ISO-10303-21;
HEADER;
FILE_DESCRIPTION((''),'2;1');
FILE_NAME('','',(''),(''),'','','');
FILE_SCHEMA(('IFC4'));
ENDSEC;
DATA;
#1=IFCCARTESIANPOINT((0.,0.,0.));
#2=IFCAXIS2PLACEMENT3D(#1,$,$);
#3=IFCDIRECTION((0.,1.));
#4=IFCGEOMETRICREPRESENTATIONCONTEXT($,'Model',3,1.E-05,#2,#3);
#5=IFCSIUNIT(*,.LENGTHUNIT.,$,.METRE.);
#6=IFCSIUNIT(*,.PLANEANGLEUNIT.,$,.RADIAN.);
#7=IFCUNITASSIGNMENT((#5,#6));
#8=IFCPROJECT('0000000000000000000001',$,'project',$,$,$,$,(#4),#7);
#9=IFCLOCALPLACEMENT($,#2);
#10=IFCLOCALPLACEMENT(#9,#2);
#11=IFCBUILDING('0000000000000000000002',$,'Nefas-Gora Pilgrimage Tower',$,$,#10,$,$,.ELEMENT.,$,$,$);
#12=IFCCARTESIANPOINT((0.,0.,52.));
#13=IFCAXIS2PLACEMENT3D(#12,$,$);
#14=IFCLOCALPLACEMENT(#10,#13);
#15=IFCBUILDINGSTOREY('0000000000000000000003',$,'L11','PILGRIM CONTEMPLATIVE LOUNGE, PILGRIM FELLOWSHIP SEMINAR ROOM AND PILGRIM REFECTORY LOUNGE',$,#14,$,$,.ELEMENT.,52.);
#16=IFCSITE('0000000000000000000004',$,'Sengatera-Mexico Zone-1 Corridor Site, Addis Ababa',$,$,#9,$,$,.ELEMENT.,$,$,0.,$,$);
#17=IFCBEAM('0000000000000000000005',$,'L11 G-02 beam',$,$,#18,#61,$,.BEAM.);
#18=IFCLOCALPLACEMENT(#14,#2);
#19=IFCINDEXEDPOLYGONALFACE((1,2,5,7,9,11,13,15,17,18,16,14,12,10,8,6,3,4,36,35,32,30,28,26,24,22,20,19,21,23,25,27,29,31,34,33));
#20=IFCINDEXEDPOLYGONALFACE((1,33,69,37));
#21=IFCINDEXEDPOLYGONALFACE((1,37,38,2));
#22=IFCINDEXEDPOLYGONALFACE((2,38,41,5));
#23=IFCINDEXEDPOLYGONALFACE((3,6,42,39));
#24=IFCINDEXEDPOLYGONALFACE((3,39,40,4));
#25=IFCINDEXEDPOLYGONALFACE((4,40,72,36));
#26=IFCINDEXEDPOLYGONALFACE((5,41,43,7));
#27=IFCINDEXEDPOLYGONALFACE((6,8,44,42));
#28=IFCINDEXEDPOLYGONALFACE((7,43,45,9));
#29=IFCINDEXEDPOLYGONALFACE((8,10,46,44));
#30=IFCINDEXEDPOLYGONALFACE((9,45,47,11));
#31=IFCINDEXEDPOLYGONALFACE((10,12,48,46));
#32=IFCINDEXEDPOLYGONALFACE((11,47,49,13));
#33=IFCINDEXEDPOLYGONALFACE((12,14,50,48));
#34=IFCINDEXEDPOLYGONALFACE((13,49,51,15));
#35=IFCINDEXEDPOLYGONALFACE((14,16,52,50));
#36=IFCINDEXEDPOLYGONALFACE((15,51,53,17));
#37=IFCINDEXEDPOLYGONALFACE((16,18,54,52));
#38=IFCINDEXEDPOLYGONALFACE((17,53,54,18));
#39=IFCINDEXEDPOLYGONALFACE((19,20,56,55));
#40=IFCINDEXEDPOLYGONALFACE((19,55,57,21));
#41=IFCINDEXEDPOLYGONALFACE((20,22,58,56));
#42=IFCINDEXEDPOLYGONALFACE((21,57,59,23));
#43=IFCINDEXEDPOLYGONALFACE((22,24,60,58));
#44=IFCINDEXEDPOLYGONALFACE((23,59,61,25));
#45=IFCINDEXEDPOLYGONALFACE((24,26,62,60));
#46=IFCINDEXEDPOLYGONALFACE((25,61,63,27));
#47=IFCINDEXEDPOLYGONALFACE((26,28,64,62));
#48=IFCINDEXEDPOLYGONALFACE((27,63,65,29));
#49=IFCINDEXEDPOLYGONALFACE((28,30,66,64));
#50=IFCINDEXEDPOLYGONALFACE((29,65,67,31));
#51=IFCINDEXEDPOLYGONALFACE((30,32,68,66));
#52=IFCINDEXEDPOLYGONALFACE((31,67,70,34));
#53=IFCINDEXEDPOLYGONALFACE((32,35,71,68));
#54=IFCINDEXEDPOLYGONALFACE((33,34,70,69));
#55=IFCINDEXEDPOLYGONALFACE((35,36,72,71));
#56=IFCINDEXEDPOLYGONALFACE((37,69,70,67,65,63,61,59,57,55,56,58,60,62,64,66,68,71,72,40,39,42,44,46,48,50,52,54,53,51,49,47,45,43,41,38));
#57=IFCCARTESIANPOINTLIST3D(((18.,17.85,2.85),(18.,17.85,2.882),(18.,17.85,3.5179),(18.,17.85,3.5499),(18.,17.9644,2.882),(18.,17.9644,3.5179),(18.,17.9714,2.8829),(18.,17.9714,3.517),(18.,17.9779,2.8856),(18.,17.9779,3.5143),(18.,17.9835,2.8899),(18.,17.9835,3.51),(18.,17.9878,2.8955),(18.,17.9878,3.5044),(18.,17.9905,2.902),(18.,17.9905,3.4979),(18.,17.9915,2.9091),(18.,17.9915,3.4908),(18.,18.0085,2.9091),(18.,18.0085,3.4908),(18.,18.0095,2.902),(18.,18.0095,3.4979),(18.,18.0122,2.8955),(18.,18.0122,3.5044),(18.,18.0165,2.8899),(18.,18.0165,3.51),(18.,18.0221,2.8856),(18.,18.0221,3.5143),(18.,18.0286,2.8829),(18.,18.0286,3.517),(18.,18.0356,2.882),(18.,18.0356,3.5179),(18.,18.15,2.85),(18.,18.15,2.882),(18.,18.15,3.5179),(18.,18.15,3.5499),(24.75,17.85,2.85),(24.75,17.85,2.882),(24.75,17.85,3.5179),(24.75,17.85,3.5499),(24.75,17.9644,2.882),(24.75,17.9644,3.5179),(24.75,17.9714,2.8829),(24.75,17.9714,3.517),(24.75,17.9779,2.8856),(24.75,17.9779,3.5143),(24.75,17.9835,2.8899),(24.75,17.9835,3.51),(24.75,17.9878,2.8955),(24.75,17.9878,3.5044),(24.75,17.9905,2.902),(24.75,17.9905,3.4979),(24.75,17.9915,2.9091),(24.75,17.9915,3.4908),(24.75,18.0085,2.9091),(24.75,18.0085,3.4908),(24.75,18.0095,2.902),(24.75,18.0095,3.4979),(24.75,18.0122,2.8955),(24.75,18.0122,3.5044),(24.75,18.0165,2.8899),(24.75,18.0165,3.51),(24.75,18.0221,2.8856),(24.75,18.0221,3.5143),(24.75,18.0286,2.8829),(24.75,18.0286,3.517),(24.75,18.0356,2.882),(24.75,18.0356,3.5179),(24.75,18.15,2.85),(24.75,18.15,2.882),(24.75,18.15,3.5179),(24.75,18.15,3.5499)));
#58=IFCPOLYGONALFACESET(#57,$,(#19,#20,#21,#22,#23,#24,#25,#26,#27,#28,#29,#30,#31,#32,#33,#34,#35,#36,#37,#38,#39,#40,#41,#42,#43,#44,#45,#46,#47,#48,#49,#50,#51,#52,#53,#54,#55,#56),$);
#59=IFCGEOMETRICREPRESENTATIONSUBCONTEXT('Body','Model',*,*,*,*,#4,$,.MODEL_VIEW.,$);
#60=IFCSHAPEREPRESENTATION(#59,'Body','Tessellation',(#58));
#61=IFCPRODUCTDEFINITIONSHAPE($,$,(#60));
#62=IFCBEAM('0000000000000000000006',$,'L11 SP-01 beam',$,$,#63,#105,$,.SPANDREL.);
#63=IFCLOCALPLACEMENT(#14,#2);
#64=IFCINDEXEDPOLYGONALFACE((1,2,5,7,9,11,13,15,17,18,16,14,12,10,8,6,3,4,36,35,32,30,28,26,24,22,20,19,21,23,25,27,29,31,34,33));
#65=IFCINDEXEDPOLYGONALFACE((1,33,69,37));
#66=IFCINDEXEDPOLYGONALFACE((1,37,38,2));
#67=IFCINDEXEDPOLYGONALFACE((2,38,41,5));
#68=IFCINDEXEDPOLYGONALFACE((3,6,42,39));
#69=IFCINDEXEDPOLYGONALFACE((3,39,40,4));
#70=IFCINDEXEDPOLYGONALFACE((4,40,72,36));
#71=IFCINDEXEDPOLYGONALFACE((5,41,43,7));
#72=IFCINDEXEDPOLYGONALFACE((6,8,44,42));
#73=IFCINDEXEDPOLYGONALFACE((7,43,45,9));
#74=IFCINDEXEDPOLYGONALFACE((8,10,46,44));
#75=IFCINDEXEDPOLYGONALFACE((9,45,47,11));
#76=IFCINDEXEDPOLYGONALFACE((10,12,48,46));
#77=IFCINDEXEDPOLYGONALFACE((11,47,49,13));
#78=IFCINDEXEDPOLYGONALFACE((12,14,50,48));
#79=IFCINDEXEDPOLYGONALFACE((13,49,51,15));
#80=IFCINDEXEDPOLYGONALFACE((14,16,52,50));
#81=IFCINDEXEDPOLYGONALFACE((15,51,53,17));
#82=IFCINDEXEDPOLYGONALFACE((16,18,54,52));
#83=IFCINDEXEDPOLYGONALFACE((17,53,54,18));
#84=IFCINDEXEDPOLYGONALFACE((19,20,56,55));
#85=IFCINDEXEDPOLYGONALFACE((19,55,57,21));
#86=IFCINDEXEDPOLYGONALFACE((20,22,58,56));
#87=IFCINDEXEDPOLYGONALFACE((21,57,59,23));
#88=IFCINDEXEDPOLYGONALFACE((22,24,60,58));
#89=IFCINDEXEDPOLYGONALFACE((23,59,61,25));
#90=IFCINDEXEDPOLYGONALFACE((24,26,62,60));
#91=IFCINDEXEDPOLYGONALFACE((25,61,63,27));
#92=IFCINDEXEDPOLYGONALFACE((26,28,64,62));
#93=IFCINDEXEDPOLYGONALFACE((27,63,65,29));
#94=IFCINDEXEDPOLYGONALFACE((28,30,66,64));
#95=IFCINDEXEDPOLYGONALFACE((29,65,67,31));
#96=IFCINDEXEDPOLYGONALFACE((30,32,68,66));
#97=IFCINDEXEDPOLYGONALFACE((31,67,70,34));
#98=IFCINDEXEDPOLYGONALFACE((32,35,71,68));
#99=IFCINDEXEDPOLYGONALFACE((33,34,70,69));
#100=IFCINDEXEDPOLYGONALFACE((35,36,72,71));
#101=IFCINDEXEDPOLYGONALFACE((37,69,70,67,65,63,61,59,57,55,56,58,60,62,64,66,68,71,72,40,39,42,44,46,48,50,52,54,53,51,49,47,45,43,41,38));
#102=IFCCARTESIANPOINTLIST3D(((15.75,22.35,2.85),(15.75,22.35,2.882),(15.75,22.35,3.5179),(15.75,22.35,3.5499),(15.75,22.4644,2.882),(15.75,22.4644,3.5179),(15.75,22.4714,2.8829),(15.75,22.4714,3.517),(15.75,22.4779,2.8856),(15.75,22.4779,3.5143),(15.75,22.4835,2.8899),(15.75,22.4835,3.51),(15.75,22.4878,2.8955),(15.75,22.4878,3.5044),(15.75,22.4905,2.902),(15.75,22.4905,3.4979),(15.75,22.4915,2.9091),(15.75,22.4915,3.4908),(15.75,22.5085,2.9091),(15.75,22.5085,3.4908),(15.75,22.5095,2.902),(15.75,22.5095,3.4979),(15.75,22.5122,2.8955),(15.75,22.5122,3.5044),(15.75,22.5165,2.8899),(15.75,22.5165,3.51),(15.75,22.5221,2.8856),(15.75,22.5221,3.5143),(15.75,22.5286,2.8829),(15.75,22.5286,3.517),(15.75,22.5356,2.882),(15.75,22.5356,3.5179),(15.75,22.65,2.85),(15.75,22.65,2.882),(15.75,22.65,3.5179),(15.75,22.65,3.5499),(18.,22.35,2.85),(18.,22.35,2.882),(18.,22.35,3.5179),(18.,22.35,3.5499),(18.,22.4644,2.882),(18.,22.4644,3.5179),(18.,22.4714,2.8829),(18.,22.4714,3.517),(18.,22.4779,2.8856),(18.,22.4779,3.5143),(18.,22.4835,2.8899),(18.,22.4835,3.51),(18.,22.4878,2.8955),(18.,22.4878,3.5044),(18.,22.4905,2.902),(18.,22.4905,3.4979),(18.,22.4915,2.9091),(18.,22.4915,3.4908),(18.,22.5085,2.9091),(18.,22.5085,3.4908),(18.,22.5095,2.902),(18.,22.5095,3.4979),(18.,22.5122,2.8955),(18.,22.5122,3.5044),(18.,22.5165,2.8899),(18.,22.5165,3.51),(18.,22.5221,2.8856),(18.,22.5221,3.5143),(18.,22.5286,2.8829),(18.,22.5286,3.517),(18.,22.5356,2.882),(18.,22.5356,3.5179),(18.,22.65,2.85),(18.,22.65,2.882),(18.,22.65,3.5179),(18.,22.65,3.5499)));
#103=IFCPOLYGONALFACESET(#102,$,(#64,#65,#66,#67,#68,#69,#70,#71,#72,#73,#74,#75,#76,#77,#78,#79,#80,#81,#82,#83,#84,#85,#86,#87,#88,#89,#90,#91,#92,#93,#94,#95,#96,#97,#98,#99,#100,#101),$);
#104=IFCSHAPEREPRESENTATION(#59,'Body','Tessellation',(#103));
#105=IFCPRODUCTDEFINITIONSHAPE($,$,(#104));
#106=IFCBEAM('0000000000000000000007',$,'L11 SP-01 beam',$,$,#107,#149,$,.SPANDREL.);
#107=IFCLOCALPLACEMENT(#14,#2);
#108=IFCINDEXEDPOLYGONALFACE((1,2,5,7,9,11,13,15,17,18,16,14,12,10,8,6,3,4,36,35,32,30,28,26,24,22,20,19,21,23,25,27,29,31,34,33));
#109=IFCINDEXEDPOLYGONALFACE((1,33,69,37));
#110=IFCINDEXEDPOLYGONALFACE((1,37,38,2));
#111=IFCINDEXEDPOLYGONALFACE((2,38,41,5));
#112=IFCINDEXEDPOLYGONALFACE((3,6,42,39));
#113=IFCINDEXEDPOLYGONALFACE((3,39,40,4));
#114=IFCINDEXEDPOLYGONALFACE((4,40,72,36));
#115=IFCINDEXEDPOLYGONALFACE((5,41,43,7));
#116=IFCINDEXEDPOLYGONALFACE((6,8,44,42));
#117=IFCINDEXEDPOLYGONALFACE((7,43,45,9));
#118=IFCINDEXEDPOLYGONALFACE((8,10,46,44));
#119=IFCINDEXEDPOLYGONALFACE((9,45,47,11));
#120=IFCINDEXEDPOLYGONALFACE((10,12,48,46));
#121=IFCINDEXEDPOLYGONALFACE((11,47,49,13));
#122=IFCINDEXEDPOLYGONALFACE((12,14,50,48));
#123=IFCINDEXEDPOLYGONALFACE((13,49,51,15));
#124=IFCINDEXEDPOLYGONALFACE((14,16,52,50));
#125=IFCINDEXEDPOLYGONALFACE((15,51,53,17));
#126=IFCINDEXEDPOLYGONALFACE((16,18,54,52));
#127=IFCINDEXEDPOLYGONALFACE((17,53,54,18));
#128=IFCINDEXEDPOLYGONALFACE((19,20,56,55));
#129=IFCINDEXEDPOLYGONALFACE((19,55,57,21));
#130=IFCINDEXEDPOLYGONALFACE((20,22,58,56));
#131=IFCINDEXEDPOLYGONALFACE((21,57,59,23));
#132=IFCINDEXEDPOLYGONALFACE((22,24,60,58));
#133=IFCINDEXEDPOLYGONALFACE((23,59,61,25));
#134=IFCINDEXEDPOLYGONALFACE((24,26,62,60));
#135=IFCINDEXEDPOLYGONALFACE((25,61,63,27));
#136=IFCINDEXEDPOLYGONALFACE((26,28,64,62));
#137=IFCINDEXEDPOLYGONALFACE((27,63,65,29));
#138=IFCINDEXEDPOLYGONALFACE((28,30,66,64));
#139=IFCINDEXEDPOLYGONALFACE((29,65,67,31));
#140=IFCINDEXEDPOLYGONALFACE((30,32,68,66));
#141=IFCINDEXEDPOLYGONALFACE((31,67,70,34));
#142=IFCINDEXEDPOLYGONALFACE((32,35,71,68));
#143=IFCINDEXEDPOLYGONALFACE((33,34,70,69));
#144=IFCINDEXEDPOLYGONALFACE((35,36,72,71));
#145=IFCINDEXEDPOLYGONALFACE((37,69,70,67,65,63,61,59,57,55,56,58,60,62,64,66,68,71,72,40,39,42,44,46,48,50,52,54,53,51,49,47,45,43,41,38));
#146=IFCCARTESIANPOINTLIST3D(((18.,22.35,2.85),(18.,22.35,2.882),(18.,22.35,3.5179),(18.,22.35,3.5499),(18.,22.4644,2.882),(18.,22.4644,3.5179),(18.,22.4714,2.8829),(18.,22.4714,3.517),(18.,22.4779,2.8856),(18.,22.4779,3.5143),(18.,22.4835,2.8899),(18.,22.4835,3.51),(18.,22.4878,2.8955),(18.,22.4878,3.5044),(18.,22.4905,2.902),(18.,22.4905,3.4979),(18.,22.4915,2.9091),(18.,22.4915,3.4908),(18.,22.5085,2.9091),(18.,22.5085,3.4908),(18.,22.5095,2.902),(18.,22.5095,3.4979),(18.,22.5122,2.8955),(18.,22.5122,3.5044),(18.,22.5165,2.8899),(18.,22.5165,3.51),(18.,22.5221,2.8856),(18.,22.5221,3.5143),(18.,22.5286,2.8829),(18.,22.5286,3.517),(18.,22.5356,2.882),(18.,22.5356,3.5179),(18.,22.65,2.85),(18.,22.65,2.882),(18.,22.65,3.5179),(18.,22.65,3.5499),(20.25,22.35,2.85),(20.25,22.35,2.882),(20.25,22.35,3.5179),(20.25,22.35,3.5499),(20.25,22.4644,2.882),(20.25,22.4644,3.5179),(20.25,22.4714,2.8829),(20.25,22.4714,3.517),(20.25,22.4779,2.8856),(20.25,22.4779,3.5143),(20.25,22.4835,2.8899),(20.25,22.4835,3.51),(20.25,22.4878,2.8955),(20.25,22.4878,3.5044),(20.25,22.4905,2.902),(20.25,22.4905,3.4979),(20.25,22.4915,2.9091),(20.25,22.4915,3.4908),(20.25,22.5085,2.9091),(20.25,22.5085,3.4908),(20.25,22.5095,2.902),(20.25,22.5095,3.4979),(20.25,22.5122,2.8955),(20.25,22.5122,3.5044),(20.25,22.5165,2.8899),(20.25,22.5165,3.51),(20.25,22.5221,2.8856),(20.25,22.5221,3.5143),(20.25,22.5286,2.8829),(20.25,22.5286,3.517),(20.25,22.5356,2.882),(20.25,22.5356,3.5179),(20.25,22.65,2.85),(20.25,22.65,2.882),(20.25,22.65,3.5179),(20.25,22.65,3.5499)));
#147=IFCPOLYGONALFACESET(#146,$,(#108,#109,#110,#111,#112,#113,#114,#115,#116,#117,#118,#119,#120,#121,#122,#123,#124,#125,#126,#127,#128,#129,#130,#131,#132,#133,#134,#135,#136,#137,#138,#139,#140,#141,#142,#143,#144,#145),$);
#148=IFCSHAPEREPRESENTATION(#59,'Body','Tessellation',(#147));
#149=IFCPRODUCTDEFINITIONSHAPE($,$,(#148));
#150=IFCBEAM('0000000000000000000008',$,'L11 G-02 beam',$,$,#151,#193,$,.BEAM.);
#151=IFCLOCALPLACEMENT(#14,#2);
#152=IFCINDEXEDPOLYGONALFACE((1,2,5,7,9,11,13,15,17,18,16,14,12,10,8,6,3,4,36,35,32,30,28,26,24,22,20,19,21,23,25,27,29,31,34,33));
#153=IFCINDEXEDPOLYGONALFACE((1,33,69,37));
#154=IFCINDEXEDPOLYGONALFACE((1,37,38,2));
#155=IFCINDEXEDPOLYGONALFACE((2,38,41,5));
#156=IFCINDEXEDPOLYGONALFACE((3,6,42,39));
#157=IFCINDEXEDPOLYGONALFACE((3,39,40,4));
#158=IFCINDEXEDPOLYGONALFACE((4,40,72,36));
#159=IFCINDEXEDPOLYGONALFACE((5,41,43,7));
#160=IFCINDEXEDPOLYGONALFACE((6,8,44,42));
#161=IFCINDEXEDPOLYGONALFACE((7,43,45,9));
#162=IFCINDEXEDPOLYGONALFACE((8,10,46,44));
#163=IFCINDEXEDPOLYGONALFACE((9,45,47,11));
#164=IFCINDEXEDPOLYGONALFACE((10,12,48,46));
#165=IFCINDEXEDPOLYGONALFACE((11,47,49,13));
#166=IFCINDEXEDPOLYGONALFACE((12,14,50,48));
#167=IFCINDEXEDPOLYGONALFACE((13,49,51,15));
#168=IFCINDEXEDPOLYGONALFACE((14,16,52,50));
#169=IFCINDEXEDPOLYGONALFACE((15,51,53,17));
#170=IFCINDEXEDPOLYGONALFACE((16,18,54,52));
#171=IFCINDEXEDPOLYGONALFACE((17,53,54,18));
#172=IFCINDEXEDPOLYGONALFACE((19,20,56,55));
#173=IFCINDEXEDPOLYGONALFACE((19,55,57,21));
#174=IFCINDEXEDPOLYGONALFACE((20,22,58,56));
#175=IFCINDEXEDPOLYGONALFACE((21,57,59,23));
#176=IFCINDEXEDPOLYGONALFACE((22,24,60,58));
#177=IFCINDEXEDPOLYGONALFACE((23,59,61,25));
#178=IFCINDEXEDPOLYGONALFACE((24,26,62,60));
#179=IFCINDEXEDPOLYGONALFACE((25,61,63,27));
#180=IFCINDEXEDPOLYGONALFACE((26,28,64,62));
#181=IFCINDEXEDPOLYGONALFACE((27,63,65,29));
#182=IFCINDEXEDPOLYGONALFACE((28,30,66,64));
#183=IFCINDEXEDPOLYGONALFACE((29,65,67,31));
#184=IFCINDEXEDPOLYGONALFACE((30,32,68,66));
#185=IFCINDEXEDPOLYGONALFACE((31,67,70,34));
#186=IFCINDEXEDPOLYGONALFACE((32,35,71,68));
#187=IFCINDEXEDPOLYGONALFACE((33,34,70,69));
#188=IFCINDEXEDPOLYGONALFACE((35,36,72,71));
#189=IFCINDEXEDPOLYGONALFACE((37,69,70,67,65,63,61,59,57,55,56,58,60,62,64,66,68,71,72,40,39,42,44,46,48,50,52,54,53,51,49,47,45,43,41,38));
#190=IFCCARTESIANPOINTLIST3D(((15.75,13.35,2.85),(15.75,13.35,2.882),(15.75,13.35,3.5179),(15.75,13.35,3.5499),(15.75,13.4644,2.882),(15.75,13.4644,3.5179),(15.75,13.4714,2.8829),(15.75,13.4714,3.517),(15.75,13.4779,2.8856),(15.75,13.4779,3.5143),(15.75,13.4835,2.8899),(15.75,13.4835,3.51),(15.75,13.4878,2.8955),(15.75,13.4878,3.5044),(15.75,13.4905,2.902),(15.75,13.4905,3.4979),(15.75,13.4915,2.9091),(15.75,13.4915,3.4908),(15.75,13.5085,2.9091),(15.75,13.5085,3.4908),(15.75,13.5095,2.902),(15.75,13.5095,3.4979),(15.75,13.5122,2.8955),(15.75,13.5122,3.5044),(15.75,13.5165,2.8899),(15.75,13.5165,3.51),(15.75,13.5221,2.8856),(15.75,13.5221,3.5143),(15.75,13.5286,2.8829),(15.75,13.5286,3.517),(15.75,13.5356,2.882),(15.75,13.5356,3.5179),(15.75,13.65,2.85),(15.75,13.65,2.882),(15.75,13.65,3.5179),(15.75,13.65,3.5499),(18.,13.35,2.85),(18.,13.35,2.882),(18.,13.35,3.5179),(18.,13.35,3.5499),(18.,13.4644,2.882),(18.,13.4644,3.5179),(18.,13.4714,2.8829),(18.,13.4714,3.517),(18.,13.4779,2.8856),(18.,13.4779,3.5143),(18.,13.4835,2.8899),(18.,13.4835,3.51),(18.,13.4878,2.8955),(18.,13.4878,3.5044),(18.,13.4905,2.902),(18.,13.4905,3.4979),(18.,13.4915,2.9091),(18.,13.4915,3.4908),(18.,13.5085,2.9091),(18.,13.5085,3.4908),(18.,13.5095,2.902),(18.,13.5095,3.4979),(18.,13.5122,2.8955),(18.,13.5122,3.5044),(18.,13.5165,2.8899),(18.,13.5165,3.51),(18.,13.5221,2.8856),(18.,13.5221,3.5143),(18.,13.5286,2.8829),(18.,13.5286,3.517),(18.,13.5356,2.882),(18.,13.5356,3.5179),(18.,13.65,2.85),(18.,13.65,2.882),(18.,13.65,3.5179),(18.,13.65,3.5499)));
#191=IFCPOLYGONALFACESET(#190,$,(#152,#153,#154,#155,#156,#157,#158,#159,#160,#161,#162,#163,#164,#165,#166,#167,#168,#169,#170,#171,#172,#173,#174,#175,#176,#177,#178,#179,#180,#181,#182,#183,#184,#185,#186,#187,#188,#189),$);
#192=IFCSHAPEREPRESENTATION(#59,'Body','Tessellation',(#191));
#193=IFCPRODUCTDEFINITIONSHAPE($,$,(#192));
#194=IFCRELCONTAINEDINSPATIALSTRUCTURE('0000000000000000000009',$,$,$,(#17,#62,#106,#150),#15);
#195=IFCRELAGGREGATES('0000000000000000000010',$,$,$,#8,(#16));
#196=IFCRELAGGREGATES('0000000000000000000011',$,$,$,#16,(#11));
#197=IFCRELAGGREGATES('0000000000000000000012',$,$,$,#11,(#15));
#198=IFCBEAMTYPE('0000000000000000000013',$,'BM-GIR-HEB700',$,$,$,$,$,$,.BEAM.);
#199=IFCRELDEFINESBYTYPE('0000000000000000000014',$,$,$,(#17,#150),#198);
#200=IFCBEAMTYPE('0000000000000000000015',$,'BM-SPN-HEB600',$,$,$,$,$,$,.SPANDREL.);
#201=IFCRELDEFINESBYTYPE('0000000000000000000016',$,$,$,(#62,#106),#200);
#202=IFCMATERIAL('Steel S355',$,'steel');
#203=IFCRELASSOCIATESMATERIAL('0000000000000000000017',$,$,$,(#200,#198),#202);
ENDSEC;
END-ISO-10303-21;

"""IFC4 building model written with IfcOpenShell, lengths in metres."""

from ifc_helpers import new_model, si_unit, direction, frame, origin, origin_2d, place, context, subcontext, project, spatial, i_section, extrude, source, transform, mapped, material, material_profile, profile_set, type_object, element, save


model = new_model("IFC4")

# Units and contexts
model_context = context("Model", 3, precision=1e-05, world=origin(), true_north=direction((0.0, 1.0)))
body_context = subcontext(model_context, "Body", "Model", "MODEL_VIEW")
ifc_project = project(units=[si_unit("LENGTHUNIT", "METRE"), si_unit("PLANEANGLEUNIT", "RADIAN")], contexts=[model_context])

# Site, building, storey
site_placement = place(None, origin())
site = spatial("IfcSite", under=ifc_project, at=site_placement, Name="Sengatera-Mexico Zone-1 Corridor Site, Addis Ababa", CompositionType="ELEMENT", RefElevation=0.0)
building_placement = place(site_placement, origin())
building = spatial("IfcBuilding", under=site, at=building_placement, Name="Nefas-Gora Pilgrimage Tower", CompositionType="ELEMENT")
storey_placement = place(building_placement, frame((0.0, 0.0, 52.0)))
storey = spatial("IfcBuildingStorey", under=building, at=storey_placement, Name="L11", Description="PILGRIM CONTEMPLATIVE LOUNGE, PILGRIM FELLOWSHIP SEMINAR ROOM AND PILGRIM REFECTORY LOUNGE", CompositionType="ELEMENT", Elevation=52.0)

# Beams
ifc_material_1 = material(Name="Steel S355", Category="steel")
ifc_material_profile_1 = material_profile(ifc_material_1, i_section(OverallWidth=0.3, OverallDepth=0.7, WebThickness=0.0171, FlangeThickness=0.032, FilletRadius=0.0271, at=origin_2d()), Name="HEB 700")
ifc_profile_set_1 = profile_set([ifc_material_profile_1], Name="Steel S355")
beam_type_1 = type_object("IfcBeamType", Name="BM-SPN-HEB600", PredefinedType="SPANDREL", material=ifc_profile_set_1)
ifc_material_profile_2 = material_profile(ifc_material_1, i_section(OverallWidth=0.3, OverallDepth=0.7, WebThickness=0.0171, FlangeThickness=0.032, FilletRadius=0.0271, at=origin_2d()), Name="HEB 700")
ifc_profile_set_2 = profile_set([ifc_material_profile_2], Name="Steel S355")
beam_type_2 = type_object("IfcBeamType", Name="BM-GIR-HEB700", PredefinedType="BEAM", material=ifc_profile_set_2)
shared_shape_1 = source(origin(), body_context, "Body", "SweptSolid", [
    extrude(i_section(OverallWidth=0.3, OverallDepth=0.7, WebThickness=0.0171, FlangeThickness=0.032, FilletRadius=0.0271, at=origin_2d()), origin(), (0.0, 0.0, 1.0), 6.75),
])
for number, where, z_axis, x_axis, name in (
    (1, (18.0, 18.0, 3.2), (1.0, 0.0, 0.0), (0.0, 1.0, 0.0), "L11 G-02 beam"),
):
    element("IfcBeam", number, at=place(storey_placement, frame(where, z_axis=z_axis, x_axis=x_axis)), inside=storey, type_object=beam_type_2, Name=name, PredefinedType="BEAM", context=body_context, shape_type="MappedRepresentation", body=[
        mapped(shared_shape_1, transform((0.0, 0.0, 0.0), x_axis=(1.0, 0.0, 0.0), y_axis=(0.0, 1.0, 0.0), z_axis=(0.0, 0.0, 1.0), scale=1.0)),
    ])
shared_shape_2 = source(origin(), body_context, "Body", "SweptSolid", [
    extrude(i_section(OverallWidth=0.3, OverallDepth=0.7, WebThickness=0.0171, FlangeThickness=0.032, FilletRadius=0.0271, at=origin_2d()), origin(), (0.0, 0.0, 1.0), 2.25),
])
for number, where, z_axis, x_axis, name in (
    (2, (15.75, 22.5, 3.2), (1.0, 0.0, 0.0), (0.0, 1.0, 0.0), "L11 SP-01 beam"),
    (3, (18.0, 22.5, 3.2), (1.0, 0.0, 0.0), (0.0, 1.0, 0.0), "L11 SP-01 beam"),
):
    element("IfcBeam", number, at=place(storey_placement, frame(where, z_axis=z_axis, x_axis=x_axis)), inside=storey, type_object=beam_type_1, Name=name, PredefinedType="SPANDREL", context=body_context, shape_type="MappedRepresentation", body=[
        mapped(shared_shape_2, transform((0.0, 0.0, 0.0), x_axis=(1.0, 0.0, 0.0), y_axis=(0.0, 1.0, 0.0), z_axis=(0.0, 0.0, 1.0), scale=1.0)),
    ])
shared_shape_3 = source(origin(), body_context, "Body", "SweptSolid", [
    extrude(i_section(OverallWidth=0.3, OverallDepth=0.7, WebThickness=0.0171, FlangeThickness=0.032, FilletRadius=0.0271, at=origin_2d()), origin(), (0.0, 0.0, 1.0), 2.25),
])
beam_1_placement = place(storey_placement, frame((15.75, 13.5, 3.2), z_axis=(1.0, 0.0, 0.0), x_axis=(0.0, 1.0, 0.0)))
element("IfcBeam", 4, at=beam_1_placement, inside=storey, type_object=beam_type_2, Name="L11 G-02 beam", PredefinedType="BEAM", context=body_context, shape_type="MappedRepresentation", body=[
    mapped(shared_shape_3, transform((0.0, 0.0, 0.0), x_axis=(1.0, 0.0, 0.0), y_axis=(0.0, 1.0, 0.0), z_axis=(0.0, 0.0, 1.0), scale=1.0)),
])

save(model, "model.ifc")
